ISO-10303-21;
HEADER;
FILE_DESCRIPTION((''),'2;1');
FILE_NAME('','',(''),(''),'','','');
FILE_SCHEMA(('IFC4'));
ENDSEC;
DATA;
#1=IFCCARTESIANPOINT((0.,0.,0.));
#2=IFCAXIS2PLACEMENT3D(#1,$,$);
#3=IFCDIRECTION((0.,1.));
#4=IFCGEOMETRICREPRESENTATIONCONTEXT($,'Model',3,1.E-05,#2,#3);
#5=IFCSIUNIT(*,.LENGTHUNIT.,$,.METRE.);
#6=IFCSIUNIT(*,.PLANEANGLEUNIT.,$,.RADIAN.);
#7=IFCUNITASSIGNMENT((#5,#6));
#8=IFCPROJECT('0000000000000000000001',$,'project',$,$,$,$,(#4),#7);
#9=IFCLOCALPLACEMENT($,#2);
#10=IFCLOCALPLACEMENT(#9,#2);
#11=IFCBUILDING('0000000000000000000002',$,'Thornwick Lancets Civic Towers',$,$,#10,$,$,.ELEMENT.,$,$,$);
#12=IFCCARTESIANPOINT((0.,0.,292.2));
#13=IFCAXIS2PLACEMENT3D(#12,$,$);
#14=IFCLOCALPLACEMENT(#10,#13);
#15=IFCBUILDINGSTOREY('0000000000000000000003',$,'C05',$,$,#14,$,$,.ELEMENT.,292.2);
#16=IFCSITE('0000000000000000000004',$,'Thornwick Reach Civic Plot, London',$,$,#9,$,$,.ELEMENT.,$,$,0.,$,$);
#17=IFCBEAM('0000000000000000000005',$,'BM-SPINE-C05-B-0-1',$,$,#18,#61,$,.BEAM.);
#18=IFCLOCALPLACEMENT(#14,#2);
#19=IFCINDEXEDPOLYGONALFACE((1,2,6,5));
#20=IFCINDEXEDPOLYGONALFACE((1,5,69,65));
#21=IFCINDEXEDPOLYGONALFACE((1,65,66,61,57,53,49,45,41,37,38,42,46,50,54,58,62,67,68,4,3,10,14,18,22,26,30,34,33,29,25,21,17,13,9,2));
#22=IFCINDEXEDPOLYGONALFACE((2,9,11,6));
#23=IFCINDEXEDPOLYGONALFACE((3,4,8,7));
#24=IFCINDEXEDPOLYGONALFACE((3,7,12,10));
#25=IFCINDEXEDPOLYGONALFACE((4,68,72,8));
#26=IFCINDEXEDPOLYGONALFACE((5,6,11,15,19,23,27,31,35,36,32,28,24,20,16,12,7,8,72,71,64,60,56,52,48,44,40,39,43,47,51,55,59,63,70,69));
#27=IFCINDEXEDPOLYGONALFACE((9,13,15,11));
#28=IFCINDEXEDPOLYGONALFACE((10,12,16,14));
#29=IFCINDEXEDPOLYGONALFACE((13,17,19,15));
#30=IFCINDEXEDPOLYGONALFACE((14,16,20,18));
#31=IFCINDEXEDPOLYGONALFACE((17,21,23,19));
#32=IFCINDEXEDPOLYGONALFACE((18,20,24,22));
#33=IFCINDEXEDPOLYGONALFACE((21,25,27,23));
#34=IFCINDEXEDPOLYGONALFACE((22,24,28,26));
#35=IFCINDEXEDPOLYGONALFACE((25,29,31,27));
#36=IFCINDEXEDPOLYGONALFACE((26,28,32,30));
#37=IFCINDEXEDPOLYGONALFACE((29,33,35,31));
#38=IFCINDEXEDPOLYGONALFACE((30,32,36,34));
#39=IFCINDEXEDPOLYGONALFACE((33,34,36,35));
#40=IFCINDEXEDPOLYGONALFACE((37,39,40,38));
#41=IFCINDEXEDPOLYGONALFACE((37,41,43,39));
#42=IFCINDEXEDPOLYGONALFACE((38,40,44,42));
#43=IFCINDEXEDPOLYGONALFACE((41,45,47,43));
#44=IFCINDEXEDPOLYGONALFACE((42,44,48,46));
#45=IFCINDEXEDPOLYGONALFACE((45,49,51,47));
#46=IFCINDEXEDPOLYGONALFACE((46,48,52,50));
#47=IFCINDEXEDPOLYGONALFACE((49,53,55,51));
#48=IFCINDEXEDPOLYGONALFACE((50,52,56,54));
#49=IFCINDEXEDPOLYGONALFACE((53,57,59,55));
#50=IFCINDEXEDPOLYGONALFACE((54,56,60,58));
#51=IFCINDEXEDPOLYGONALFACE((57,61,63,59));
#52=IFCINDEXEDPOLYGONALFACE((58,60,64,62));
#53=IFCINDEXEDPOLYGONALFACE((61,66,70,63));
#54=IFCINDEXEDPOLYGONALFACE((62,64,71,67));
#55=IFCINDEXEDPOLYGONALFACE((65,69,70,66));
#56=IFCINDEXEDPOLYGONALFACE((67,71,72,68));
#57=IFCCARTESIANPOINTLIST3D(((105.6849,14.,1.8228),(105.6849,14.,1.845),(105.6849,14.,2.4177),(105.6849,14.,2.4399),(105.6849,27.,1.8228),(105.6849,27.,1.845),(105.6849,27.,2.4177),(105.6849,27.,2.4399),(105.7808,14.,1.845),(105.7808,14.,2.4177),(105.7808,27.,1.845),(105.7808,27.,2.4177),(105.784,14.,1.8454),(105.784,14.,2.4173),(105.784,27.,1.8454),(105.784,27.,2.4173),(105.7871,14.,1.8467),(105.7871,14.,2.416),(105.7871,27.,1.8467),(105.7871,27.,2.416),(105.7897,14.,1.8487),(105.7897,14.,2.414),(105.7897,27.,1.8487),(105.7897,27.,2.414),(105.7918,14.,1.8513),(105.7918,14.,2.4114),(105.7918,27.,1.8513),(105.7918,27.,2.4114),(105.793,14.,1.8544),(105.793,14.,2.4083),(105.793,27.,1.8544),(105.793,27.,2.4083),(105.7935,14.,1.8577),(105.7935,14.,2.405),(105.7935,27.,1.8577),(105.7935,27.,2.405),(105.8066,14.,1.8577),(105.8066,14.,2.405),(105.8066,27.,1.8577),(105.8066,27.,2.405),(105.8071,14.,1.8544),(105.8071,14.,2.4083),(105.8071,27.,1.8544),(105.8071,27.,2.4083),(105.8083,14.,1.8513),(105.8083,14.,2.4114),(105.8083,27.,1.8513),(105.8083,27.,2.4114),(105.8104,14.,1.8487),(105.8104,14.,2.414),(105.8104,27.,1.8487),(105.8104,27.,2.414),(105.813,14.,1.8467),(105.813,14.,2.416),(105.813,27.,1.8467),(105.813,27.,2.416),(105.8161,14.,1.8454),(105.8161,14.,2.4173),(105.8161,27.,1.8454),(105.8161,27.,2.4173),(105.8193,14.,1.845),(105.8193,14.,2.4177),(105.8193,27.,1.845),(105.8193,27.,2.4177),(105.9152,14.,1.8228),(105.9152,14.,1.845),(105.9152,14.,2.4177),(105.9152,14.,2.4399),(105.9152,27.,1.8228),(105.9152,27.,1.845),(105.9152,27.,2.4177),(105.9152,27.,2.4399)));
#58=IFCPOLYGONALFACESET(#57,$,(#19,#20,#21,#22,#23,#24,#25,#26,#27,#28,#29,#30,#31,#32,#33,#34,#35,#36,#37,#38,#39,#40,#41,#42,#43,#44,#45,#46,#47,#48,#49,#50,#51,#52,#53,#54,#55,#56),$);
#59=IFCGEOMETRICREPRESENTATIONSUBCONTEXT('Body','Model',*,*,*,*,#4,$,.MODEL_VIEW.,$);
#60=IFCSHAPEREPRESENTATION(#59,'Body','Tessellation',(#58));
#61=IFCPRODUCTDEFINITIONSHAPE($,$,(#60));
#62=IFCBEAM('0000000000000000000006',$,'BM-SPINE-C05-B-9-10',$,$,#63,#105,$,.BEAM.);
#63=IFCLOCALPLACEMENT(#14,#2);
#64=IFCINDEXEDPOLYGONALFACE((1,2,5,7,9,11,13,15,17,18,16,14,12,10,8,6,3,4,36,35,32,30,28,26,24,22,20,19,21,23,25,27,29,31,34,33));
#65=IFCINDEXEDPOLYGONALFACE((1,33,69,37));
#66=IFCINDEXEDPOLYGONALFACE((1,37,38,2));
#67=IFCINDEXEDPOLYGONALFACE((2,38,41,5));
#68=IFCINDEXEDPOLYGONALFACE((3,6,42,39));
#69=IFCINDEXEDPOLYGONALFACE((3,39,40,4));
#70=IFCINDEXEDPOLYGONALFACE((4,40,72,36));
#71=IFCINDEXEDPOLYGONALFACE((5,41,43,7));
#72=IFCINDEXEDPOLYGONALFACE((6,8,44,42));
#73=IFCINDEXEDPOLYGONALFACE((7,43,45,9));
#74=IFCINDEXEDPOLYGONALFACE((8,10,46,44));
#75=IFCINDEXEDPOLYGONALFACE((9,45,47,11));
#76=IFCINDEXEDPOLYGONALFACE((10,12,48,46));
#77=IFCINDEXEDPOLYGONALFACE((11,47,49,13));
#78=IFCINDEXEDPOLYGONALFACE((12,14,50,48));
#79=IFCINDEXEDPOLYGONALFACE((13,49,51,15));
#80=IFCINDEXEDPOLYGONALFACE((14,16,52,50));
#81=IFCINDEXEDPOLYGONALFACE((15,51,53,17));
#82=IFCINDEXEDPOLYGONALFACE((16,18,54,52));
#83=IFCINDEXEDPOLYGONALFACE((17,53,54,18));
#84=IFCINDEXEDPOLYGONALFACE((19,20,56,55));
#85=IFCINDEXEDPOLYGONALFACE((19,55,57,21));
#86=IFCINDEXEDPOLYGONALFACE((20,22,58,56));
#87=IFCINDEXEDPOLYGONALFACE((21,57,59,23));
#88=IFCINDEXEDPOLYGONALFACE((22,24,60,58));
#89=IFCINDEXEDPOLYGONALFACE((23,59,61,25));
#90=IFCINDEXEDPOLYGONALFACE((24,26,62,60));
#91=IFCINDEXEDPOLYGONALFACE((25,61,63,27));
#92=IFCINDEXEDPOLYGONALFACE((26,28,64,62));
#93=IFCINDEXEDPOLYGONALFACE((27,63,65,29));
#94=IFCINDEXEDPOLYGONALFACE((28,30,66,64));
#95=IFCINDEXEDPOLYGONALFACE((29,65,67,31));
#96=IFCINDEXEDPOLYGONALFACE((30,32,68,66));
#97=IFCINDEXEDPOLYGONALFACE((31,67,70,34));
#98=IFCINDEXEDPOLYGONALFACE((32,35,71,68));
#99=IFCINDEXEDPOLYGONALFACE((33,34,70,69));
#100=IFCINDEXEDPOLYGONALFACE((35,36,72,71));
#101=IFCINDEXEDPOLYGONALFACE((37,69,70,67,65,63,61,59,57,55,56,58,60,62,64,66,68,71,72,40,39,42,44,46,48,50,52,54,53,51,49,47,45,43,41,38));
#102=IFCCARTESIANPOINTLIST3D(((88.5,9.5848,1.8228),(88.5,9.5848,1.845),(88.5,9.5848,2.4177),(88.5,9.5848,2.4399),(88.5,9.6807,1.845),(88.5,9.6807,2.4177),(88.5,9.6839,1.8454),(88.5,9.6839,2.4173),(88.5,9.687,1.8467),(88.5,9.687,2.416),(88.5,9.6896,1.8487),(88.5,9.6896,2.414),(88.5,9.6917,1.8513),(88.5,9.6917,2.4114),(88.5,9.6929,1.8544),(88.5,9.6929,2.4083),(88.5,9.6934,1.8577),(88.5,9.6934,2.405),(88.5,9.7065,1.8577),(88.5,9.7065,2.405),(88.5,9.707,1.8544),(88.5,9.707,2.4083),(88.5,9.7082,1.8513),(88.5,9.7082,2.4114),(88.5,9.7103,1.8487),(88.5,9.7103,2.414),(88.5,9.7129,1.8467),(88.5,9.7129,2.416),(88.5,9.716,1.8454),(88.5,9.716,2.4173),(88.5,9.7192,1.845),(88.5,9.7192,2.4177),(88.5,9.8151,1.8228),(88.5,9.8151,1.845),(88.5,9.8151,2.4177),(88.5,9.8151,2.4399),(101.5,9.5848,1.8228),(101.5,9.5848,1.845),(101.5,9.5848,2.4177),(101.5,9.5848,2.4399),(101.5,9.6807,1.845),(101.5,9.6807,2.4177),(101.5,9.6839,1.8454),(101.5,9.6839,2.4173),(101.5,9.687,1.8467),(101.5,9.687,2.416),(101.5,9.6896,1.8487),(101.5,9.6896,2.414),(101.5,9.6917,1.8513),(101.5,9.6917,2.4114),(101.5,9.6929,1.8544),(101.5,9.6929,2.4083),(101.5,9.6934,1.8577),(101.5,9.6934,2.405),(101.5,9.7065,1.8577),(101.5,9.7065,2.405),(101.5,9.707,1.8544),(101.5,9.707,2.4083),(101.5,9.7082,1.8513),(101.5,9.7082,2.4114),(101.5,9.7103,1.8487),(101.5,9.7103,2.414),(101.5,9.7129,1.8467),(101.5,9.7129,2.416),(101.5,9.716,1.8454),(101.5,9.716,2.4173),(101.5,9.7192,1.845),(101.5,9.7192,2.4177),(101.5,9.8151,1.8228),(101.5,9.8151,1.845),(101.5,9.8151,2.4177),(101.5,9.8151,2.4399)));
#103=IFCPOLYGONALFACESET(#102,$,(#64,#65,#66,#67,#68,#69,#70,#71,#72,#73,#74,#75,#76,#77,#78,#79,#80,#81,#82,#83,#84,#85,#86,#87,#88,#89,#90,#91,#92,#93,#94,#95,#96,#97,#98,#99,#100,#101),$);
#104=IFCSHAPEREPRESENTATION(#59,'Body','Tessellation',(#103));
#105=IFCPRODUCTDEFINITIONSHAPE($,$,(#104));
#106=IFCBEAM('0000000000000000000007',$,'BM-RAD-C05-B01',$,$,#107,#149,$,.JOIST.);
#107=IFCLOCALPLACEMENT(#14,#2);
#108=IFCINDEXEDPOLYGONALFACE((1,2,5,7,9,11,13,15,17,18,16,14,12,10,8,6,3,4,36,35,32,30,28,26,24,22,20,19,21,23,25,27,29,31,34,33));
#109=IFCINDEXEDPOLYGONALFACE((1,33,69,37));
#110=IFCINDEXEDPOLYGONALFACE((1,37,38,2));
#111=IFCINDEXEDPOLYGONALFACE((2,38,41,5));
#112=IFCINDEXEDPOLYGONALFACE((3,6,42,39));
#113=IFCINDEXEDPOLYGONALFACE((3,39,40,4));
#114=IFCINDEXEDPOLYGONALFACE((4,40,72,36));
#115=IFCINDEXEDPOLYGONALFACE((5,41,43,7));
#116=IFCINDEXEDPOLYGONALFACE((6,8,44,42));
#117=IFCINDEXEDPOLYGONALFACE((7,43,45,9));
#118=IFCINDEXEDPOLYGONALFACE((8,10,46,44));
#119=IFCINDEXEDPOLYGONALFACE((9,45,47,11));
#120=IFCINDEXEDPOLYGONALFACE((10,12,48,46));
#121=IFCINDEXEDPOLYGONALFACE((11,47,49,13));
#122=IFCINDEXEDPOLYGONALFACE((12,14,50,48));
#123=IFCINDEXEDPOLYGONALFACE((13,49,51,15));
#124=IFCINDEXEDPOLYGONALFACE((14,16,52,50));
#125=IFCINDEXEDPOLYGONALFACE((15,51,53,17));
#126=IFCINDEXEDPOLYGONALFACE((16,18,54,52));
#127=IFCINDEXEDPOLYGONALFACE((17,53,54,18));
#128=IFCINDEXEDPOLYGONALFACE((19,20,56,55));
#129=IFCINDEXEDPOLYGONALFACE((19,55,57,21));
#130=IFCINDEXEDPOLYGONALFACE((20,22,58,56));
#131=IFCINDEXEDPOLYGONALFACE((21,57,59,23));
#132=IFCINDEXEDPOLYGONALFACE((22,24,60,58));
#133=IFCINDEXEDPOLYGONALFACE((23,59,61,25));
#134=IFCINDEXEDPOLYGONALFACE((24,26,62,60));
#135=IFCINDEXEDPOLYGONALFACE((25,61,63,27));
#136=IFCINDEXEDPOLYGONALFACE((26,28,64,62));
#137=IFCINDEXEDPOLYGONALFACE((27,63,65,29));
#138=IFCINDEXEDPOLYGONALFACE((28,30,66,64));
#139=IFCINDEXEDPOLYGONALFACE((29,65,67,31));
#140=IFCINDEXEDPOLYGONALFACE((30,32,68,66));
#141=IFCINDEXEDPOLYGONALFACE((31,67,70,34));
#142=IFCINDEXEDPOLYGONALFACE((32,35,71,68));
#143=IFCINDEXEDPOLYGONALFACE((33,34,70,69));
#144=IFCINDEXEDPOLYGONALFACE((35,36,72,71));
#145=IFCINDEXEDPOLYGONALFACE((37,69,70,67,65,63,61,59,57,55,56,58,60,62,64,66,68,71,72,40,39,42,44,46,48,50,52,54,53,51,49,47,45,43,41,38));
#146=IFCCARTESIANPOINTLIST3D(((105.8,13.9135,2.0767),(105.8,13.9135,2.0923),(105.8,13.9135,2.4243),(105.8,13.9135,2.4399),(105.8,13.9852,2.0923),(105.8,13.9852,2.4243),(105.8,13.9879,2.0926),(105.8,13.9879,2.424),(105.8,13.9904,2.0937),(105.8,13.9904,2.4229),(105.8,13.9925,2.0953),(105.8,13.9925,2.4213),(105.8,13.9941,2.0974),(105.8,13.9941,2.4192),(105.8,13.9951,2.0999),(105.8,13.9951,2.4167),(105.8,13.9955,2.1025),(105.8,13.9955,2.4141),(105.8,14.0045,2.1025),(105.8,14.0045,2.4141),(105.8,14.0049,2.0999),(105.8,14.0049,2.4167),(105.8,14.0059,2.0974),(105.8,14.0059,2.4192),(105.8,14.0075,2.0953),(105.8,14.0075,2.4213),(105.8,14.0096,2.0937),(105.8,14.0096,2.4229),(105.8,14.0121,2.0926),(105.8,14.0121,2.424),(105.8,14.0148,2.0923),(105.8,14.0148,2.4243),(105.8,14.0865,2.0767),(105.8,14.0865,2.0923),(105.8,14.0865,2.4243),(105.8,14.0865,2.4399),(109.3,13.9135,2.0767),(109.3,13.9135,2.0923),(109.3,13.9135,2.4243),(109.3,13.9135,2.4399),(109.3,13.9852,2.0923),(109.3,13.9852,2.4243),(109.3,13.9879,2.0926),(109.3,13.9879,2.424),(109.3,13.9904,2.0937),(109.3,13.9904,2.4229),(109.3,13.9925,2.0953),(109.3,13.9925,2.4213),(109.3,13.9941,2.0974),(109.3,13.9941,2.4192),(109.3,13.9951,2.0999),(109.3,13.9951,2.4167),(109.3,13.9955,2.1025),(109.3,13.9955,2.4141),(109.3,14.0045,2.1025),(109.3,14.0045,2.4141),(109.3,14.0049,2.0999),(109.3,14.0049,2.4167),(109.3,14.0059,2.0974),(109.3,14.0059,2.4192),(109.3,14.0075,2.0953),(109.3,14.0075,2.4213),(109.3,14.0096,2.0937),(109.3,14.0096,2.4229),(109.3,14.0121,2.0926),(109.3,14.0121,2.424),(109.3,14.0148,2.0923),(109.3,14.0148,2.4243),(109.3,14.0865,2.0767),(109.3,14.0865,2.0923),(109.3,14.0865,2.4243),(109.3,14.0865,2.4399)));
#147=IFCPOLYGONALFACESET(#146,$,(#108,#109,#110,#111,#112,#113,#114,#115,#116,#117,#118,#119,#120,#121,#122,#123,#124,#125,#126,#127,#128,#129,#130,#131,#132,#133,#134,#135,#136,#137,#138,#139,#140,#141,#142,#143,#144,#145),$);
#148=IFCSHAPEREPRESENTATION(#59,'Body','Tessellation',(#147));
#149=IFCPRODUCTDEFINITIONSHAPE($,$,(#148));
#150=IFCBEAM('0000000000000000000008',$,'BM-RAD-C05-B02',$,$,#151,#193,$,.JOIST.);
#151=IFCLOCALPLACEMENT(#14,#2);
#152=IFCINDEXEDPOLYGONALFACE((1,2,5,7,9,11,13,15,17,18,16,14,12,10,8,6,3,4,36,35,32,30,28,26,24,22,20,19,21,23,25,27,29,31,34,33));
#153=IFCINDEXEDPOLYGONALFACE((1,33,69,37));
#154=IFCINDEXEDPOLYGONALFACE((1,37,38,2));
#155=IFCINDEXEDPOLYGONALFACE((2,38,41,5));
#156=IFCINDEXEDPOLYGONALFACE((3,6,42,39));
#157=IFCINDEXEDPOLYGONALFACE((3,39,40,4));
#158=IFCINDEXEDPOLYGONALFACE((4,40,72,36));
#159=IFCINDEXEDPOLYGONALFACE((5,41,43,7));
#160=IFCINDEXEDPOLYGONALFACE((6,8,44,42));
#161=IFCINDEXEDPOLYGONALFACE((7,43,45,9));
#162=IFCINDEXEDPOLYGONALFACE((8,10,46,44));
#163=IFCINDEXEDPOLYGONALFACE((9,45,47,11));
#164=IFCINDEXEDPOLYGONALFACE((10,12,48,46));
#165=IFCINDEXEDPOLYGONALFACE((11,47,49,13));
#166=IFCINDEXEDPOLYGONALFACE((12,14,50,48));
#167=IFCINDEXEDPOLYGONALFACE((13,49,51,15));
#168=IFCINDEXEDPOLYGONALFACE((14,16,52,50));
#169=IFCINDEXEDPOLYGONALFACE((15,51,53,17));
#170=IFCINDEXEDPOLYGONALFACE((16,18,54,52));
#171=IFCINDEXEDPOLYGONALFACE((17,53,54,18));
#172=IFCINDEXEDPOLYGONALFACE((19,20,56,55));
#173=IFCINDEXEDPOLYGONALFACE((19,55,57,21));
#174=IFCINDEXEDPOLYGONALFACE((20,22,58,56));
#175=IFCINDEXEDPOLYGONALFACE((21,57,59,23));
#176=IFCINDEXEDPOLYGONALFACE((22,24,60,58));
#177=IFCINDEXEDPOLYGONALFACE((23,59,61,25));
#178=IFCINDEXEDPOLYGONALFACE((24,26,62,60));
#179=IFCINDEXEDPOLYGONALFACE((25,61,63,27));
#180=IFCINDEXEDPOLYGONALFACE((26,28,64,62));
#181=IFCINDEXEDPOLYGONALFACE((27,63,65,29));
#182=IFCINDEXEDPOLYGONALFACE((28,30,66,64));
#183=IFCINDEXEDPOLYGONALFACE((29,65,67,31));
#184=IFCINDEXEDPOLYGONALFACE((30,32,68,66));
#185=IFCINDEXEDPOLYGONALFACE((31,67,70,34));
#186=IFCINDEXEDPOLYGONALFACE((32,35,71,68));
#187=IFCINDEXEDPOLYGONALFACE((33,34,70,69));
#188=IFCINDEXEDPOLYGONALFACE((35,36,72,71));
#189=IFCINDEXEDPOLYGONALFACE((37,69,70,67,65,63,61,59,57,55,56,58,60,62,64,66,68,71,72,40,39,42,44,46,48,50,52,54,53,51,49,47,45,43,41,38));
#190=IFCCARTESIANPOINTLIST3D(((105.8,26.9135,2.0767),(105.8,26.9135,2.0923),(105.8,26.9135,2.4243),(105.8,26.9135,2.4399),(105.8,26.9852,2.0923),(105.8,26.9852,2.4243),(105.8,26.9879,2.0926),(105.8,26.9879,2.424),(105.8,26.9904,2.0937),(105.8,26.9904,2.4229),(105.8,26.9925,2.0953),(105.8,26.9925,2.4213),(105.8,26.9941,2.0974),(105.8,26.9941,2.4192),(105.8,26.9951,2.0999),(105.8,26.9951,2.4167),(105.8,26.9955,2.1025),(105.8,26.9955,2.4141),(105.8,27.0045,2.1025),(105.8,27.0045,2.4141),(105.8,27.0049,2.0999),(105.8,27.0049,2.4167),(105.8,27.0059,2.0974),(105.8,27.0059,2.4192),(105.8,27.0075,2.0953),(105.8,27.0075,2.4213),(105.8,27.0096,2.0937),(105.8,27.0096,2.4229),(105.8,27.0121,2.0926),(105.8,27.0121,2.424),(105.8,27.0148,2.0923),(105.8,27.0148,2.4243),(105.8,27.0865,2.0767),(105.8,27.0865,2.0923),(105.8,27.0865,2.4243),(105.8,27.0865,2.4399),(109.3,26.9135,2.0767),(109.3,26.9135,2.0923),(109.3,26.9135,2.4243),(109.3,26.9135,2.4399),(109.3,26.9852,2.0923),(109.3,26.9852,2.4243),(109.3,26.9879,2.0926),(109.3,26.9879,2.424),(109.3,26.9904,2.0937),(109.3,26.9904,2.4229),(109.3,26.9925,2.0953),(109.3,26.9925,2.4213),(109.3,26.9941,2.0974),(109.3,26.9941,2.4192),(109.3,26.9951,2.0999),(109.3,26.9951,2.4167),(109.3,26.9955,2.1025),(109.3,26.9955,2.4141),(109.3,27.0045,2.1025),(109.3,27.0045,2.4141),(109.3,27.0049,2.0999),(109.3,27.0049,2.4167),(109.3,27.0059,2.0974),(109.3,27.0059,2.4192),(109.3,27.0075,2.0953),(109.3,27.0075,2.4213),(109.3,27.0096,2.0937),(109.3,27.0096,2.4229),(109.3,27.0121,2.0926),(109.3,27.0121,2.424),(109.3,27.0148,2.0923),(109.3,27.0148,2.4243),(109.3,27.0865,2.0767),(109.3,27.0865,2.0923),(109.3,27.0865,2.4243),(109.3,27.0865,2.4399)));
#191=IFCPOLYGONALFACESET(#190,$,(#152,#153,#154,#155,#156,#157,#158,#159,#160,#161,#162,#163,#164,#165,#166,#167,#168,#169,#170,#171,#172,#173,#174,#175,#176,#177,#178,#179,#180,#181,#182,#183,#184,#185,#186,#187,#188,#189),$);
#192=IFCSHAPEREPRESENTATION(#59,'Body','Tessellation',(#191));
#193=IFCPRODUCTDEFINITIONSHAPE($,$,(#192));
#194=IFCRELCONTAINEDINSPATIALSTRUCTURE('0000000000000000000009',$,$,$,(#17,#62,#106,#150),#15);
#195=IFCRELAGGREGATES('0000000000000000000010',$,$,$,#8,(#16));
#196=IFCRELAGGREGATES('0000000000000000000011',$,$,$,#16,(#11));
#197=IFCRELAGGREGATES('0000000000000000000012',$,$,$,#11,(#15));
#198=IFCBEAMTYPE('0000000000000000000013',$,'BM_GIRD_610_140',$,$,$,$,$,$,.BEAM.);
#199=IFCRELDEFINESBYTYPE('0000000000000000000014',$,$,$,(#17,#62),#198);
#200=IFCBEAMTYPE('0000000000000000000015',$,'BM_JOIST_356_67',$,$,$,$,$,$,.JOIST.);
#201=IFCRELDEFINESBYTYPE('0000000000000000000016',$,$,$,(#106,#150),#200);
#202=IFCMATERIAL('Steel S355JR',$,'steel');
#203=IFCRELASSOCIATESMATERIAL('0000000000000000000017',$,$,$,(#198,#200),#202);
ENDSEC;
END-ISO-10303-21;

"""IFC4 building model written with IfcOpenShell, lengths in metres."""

from ifc_helpers import new_model, si_unit, direction, frame, origin, origin_2d, place, context, subcontext, project, spatial, i_section, extrude, material, material_profile, profile_set, type_object, element, save


model = new_model("IFC4")

# Units and contexts
model_context = context("Model", 3, precision=1e-05, world=origin(), true_north=direction((0.0, 1.0)))
body_context = subcontext(model_context, "Body", "Model", "MODEL_VIEW")
ifc_project = project(units=[si_unit("LENGTHUNIT", "METRE"), si_unit("PLANEANGLEUNIT", "RADIAN")], contexts=[model_context])

# Site, building, storey
site_placement = place(None, origin())
site = spatial("IfcSite", under=ifc_project, at=site_placement, Name="Thornwick Reach Civic Plot, London", CompositionType="ELEMENT", RefElevation=0.0)
building_placement = place(site_placement, origin())
building = spatial("IfcBuilding", under=site, at=building_placement, Name="Thornwick Lancets Civic Towers", CompositionType="ELEMENT")
storey_placement = place(building_placement, frame((0.0, 0.0, 292.2)))
storey = spatial("IfcBuildingStorey", under=building, at=storey_placement, Name="C05", CompositionType="ELEMENT", Elevation=292.2)

# Shared definitions
ifc_material_1 = material(Name="Steel S355JR", Category="steel")

# Beams
ifc_material_profile_1 = material_profile(ifc_material_1, i_section(OverallWidth=0.2302, OverallDepth=0.6172, WebThickness=0.0132, FlangeThickness=0.0222, FilletRadius=0.0127, at=origin_2d()), Name="UKB 610x229x140")
ifc_profile_set_1 = profile_set([ifc_material_profile_1], Name="Steel S355JR")
beam_type_1 = type_object("IfcBeamType", Name="BM_GIRD_610_140", PredefinedType="BEAM", material=ifc_profile_set_1)
for number, where, z_axis, x_axis, name in (
    (1, (105.8, 14.0, 2.1313), (0.0, 1.0, 0.0), (-1.0, 0.0, 0.0), "BM-SPINE-C05-B-0-1"),
    (2, (101.5, 9.7, 2.1313), (-1.0, 0.0, 0.0), (0.0, -1.0, 0.0), "BM-SPINE-C05-B-9-10"),
):
    element("IfcBeam", number, at=place(storey_placement, frame(where, z_axis=z_axis, x_axis=x_axis)), inside=storey, type_object=beam_type_1, Name=name, PredefinedType="BEAM", context=body_context, shape_type="SweptSolid", body=[
        extrude(i_section(OverallWidth=0.2302, OverallDepth=0.6172, WebThickness=0.0132, FlangeThickness=0.0222, FilletRadius=0.0127, at=origin_2d()), origin(), (0.0, 0.0, 1.0), 13.0),
    ])
ifc_material_profile_2 = material_profile(ifc_material_1, i_section(OverallWidth=0.1731, OverallDepth=0.3633, WebThickness=0.009, FlangeThickness=0.0156, FilletRadius=0.0103, at=origin_2d()), Name="UKB 356x171x67")
ifc_profile_set_2 = profile_set([ifc_material_profile_2], Name="Steel S355JR")
beam_type_2 = type_object("IfcBeamType", Name="BM_JOIST_356_67", PredefinedType="JOIST", material=ifc_profile_set_2)
for number, where, z_axis, x_axis, name in (
    (3, (105.8, 14.0, 2.2583), (1.0, 0.0, 0.0), (0.0, 1.0, 0.0), "BM-RAD-C05-B01"),
    (4, (105.8, 27.0, 2.2583), (1.0, 0.0, 0.0), (0.0, 1.0, 0.0), "BM-RAD-C05-B02"),
):
    element("IfcBeam", number, at=place(storey_placement, frame(where, z_axis=z_axis, x_axis=x_axis)), inside=storey, type_object=beam_type_2, Name=name, PredefinedType="JOIST", context=body_context, shape_type="SweptSolid", body=[
        extrude(i_section(OverallWidth=0.1731, OverallDepth=0.3633, WebThickness=0.009, FlangeThickness=0.0156, FilletRadius=0.0103, at=origin_2d()), origin(), (0.0, 0.0, 1.0), 3.5),
    ])

save(model, "model.ifc")
